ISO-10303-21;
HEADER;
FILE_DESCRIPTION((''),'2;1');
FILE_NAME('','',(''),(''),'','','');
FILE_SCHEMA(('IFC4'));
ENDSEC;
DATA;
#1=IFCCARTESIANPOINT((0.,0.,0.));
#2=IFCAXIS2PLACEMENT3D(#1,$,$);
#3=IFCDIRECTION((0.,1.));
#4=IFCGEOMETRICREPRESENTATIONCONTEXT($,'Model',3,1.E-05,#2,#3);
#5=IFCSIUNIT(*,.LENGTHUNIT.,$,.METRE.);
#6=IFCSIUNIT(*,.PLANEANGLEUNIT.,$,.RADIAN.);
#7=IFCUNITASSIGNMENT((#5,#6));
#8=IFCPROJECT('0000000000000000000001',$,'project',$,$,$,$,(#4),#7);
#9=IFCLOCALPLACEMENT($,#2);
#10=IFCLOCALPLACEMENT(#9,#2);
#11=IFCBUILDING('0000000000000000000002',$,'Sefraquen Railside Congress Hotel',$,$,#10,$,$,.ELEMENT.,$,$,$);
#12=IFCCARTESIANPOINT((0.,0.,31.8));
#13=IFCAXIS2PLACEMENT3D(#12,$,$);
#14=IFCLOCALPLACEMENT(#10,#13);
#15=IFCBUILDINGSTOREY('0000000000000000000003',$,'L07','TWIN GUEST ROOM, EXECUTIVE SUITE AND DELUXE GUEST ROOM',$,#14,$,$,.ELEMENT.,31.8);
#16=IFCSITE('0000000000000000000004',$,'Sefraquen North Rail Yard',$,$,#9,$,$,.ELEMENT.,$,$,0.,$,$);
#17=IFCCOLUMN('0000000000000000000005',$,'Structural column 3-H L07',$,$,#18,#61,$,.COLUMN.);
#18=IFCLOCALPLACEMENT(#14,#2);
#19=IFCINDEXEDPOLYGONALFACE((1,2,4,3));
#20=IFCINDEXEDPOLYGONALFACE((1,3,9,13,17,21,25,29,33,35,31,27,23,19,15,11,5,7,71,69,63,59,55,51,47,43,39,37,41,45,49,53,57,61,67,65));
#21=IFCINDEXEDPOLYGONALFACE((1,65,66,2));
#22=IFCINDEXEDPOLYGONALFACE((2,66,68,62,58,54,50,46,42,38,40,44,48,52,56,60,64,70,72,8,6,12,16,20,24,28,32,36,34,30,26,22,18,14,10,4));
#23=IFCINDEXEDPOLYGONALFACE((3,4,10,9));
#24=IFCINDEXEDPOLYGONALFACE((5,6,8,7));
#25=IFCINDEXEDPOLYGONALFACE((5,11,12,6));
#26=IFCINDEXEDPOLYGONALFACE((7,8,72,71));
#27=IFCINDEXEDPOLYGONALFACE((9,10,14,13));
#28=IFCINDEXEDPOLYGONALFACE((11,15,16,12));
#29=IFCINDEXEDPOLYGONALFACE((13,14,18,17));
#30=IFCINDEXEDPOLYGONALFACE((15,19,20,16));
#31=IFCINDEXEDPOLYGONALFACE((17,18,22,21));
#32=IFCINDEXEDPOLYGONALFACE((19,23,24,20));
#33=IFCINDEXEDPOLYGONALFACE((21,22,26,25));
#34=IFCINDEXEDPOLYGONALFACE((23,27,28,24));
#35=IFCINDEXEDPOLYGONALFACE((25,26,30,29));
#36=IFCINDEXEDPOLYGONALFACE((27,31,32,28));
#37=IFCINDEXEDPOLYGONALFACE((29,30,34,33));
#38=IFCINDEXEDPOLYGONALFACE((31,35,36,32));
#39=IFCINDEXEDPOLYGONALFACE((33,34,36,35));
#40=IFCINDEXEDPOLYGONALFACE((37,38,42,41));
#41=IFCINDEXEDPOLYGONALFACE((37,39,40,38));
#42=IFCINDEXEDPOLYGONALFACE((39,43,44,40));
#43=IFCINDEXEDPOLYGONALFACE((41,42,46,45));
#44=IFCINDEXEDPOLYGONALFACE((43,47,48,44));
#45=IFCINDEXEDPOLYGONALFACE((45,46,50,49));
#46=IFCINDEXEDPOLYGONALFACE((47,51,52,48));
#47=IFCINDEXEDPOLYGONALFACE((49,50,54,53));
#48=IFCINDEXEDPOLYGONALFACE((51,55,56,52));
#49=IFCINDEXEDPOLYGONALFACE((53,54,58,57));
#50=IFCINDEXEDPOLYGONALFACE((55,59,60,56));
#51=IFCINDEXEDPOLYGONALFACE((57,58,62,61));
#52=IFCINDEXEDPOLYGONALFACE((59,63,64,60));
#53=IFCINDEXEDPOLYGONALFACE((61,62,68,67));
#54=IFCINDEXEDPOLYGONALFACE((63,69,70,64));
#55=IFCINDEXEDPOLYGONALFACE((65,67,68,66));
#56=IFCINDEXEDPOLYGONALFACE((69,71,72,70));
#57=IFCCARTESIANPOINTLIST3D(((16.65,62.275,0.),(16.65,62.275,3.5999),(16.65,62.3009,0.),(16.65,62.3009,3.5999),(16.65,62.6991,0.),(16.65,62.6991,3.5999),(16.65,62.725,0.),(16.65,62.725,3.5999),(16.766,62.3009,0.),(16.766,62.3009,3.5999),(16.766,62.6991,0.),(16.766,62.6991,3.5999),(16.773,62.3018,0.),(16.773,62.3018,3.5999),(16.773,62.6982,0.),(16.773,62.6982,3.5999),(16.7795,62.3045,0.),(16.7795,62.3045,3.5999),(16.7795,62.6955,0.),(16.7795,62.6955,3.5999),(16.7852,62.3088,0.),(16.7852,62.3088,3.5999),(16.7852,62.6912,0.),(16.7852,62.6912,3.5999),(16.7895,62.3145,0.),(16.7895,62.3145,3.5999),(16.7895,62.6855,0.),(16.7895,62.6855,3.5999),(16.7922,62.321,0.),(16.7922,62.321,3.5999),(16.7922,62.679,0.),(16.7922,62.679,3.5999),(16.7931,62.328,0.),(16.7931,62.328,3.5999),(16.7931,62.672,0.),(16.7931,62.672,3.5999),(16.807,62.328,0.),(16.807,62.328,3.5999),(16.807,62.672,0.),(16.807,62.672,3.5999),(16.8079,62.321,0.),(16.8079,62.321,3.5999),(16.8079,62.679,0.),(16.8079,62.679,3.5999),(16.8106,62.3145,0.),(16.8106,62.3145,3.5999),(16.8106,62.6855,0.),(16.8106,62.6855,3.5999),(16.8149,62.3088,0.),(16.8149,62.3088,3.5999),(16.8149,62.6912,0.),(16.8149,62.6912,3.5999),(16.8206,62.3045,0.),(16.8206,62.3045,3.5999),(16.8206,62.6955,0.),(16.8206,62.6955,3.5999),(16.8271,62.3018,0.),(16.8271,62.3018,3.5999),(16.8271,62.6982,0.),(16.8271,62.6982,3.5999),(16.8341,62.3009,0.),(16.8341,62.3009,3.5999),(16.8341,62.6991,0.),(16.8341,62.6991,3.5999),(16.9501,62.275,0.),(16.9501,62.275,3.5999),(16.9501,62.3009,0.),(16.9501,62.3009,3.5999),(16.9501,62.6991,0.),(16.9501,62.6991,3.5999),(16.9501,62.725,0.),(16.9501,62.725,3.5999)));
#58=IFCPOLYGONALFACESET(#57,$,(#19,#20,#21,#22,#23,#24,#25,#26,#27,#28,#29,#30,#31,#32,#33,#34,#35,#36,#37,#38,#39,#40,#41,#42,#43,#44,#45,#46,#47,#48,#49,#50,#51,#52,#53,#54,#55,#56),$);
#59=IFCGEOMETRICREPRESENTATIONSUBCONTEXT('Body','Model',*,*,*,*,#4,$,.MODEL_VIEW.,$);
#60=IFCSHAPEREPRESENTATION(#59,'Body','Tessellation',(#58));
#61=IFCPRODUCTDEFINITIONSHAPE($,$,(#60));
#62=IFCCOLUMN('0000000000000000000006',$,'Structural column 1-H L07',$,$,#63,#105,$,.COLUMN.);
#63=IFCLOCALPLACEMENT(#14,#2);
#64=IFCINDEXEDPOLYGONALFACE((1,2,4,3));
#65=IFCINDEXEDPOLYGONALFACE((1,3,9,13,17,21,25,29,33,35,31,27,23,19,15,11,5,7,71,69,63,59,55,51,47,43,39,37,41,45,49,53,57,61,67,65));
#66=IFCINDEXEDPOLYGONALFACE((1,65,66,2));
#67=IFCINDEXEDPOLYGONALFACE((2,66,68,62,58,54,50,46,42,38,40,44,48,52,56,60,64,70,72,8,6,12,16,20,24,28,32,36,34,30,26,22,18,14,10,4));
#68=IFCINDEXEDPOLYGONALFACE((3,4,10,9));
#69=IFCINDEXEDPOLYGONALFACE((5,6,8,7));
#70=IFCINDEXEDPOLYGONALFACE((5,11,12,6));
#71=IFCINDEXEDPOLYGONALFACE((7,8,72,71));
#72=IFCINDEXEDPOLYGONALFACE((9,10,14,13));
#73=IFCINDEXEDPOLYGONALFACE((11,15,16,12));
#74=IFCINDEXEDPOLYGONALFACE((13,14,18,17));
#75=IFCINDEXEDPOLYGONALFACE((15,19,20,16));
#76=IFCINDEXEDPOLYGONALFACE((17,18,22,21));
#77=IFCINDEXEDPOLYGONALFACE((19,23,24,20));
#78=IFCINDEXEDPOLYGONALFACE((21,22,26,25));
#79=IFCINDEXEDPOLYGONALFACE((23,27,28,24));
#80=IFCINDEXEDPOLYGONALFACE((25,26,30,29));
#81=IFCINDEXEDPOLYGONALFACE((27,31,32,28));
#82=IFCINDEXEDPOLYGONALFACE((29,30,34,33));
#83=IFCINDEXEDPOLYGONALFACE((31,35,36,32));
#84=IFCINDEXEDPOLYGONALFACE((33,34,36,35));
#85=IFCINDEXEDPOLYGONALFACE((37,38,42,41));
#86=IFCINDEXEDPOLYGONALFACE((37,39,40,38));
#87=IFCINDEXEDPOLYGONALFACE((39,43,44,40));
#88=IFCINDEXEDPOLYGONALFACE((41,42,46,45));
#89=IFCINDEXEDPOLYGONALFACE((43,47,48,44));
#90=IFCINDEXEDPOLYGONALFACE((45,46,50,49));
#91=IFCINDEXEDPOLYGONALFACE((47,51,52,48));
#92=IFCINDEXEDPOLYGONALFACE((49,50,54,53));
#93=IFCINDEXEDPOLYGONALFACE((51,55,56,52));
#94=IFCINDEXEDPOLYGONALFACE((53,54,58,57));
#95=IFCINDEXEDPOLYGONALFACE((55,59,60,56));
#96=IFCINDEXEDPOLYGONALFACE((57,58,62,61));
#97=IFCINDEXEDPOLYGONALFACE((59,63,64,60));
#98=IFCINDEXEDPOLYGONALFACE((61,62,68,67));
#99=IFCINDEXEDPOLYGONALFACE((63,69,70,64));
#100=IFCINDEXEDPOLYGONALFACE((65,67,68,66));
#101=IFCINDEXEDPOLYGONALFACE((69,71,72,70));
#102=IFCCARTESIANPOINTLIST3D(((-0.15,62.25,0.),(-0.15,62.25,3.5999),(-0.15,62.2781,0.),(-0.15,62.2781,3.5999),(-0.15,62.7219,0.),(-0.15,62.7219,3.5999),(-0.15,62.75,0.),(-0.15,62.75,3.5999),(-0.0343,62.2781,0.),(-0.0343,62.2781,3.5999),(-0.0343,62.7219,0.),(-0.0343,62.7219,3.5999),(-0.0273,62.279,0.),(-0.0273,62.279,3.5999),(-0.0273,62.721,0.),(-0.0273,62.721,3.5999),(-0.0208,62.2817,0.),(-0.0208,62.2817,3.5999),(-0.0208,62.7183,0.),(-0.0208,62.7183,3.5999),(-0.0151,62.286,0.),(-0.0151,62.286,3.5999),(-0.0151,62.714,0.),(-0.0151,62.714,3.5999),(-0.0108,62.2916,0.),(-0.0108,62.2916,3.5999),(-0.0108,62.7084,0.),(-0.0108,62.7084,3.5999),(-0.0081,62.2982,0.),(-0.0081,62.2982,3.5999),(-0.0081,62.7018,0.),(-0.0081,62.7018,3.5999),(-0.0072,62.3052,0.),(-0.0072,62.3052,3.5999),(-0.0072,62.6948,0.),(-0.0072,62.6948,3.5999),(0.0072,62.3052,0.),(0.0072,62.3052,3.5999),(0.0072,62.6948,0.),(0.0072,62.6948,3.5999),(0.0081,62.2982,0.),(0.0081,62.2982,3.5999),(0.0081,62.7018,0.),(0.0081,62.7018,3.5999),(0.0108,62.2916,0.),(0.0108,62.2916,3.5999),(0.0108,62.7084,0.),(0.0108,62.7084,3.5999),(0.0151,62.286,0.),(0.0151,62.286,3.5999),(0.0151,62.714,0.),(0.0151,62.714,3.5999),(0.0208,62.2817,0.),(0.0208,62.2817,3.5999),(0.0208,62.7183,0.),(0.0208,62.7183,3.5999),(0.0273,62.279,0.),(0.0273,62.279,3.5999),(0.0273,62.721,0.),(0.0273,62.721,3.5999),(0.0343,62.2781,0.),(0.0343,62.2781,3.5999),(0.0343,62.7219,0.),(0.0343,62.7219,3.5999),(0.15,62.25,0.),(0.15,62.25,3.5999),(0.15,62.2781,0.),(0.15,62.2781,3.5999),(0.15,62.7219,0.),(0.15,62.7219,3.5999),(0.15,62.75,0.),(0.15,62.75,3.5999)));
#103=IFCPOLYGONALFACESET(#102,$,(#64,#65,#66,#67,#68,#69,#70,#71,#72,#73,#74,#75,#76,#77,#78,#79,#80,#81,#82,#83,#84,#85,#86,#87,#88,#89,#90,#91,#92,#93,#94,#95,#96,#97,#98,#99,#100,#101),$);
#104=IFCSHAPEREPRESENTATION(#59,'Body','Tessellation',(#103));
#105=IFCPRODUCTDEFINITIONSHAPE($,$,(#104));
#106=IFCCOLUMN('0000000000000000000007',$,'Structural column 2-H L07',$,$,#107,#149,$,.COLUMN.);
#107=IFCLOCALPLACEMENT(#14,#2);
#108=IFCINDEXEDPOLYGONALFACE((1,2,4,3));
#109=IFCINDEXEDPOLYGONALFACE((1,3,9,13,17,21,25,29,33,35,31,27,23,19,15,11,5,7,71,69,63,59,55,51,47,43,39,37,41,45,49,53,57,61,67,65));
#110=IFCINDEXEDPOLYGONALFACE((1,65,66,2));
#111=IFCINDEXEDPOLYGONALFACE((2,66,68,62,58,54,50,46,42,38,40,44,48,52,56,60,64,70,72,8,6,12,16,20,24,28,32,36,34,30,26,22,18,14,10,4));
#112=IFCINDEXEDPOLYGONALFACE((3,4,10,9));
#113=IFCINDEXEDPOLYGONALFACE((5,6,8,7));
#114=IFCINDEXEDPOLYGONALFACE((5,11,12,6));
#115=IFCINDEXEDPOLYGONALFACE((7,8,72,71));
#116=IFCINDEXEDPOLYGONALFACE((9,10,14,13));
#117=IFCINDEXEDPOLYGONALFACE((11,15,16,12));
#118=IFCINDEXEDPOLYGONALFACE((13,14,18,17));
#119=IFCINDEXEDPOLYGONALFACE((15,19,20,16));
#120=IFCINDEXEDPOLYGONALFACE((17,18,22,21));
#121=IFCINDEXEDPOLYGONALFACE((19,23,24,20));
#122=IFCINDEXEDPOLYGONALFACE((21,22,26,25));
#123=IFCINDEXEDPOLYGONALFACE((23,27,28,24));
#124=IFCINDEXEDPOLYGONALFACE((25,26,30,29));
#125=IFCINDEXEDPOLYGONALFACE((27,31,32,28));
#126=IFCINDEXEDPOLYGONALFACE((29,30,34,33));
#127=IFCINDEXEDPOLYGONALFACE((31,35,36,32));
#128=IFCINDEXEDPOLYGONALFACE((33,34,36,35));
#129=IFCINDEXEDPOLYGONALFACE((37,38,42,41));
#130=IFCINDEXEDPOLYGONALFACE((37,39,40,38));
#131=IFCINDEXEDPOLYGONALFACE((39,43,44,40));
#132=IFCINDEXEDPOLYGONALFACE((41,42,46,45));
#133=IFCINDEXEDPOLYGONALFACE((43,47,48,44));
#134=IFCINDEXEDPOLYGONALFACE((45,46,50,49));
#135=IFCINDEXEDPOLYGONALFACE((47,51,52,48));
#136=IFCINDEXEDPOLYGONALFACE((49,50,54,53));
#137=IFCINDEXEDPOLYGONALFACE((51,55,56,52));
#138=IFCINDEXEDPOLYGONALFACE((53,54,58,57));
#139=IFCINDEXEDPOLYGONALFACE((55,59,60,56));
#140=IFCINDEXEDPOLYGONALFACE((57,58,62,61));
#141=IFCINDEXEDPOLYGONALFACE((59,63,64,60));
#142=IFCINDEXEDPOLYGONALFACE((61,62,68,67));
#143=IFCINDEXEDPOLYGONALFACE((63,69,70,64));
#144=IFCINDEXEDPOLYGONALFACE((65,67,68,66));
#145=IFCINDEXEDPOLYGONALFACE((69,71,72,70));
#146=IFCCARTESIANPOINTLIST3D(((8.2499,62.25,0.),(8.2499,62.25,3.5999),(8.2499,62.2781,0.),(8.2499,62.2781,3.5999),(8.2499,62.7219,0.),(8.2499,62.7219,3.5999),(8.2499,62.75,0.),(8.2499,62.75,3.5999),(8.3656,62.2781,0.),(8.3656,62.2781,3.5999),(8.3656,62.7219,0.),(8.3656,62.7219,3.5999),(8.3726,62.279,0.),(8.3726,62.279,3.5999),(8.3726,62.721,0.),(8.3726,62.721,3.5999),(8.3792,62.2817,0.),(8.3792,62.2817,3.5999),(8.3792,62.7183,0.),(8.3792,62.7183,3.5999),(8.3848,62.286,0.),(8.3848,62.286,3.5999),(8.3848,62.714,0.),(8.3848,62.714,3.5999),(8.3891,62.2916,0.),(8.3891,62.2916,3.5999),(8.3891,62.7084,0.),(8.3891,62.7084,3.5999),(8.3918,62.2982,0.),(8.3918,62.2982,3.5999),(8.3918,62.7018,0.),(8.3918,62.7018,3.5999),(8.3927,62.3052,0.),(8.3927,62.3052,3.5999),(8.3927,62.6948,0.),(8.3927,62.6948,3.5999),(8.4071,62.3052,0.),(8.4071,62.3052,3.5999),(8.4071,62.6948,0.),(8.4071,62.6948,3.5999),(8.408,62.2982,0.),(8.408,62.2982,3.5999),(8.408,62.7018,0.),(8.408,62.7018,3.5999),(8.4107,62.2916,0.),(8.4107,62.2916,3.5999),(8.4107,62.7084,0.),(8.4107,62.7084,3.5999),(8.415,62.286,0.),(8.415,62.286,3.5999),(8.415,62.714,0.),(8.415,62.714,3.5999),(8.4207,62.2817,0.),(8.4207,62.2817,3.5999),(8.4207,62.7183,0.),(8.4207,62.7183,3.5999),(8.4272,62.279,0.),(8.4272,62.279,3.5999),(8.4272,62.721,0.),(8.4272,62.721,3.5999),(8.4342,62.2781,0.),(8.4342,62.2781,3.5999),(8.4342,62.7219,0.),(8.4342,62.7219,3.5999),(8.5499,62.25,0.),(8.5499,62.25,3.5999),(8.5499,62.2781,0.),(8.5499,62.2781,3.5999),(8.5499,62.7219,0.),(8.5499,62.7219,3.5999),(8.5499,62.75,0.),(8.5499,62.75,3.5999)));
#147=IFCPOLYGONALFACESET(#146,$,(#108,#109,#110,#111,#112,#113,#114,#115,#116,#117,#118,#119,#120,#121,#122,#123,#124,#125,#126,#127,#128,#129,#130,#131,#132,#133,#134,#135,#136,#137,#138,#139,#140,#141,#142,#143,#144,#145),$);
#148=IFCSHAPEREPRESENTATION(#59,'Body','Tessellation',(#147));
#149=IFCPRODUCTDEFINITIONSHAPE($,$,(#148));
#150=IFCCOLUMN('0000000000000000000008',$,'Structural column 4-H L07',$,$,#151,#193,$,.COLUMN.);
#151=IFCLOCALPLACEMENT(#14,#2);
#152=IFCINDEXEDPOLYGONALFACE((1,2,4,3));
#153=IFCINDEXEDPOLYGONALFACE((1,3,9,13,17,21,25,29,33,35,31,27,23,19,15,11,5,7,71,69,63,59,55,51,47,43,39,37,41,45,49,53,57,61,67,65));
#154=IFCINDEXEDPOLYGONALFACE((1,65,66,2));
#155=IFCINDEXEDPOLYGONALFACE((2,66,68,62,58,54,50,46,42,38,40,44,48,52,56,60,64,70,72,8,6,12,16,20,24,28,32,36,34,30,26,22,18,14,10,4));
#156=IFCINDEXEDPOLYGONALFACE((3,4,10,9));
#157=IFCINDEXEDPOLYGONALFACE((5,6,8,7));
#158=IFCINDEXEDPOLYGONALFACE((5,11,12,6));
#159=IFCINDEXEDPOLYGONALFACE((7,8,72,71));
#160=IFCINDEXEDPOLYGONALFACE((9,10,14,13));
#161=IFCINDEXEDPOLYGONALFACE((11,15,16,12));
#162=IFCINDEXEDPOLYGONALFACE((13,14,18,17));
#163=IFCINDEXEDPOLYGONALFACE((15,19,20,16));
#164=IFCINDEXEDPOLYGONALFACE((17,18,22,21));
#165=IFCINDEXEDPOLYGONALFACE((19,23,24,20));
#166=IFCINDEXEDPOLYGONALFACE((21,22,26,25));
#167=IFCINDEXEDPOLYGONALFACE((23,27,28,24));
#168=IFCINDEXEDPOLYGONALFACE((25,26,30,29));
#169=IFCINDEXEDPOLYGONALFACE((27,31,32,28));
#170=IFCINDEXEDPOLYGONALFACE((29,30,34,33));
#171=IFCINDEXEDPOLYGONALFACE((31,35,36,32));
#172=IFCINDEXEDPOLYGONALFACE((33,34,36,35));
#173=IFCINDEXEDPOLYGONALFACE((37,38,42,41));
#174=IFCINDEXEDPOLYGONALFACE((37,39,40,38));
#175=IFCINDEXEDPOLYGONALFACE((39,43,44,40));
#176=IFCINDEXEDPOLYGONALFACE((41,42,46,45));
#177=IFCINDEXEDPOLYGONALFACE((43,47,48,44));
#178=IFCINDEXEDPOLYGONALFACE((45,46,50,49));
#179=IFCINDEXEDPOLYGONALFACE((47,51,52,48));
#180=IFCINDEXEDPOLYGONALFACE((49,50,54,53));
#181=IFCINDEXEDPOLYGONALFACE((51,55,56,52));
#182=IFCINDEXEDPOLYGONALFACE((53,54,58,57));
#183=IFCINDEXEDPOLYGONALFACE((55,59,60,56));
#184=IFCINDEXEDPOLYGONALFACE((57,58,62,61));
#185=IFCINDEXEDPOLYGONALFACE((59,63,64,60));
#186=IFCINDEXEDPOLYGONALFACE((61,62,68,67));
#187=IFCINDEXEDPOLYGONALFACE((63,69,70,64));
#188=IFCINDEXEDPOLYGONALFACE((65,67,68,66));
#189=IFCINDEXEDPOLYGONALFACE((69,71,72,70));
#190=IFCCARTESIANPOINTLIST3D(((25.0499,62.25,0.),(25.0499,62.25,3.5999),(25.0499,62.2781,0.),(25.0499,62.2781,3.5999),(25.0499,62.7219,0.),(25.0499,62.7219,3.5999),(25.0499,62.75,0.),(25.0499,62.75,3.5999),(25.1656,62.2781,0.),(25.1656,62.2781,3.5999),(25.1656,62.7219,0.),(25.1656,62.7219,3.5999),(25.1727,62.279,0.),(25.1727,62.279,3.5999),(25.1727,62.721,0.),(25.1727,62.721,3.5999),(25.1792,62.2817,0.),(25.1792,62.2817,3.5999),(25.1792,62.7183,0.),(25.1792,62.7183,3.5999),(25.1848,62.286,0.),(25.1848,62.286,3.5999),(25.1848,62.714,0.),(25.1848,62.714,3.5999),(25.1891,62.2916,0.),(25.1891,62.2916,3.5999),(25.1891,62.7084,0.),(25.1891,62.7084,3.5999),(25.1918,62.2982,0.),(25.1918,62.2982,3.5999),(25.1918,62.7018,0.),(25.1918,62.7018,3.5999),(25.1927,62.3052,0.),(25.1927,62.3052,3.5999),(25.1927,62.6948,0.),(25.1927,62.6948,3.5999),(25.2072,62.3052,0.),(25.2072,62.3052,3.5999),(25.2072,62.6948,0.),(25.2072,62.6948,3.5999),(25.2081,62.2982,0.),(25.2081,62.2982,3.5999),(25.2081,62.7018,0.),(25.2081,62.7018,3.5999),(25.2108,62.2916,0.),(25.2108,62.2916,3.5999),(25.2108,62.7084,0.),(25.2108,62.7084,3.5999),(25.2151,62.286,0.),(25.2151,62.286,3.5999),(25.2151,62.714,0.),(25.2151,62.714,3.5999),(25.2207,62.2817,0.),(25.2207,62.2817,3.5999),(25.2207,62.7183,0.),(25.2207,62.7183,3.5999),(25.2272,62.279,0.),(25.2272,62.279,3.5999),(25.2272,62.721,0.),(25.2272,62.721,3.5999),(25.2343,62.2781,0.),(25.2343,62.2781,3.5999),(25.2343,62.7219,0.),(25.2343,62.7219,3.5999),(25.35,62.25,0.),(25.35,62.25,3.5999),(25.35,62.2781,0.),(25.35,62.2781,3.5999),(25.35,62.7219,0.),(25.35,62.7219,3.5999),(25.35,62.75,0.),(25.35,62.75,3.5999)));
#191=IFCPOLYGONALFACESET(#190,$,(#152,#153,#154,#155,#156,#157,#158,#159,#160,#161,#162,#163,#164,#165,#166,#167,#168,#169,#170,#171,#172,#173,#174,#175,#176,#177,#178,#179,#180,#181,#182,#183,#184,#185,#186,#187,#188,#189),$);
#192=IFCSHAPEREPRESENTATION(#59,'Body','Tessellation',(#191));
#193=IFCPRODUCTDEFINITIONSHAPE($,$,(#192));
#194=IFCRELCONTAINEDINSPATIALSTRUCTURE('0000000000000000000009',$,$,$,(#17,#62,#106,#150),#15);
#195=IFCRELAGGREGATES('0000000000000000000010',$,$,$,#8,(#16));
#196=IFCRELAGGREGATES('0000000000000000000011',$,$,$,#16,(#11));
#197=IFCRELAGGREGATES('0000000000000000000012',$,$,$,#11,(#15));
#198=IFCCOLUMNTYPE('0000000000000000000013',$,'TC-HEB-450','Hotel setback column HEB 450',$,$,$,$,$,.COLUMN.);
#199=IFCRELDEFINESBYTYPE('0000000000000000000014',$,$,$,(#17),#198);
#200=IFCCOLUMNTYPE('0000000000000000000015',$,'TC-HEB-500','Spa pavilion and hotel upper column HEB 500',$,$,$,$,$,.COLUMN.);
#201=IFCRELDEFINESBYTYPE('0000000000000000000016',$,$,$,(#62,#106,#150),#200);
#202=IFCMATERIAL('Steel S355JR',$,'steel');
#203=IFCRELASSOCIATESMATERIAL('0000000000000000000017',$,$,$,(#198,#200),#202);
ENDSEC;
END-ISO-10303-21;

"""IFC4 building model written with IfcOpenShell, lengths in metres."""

from ifc_helpers import new_model, si_unit, direction, frame, origin, origin_2d, place, context, subcontext, project, spatial, i_section, extrude, material, material_profile, profile_set, type_object, element, save


model = new_model("IFC4")

# Units and contexts
model_context = context("Model", 3, precision=1e-05, world=origin(), true_north=direction((0.0, 1.0)))
body_context = subcontext(model_context, "Body", "Model", "MODEL_VIEW")
ifc_project = project(units=[si_unit("LENGTHUNIT", "METRE"), si_unit("PLANEANGLEUNIT", "RADIAN")], contexts=[model_context])

# Site, building, storey
site_placement = place(None, origin())
site = spatial("IfcSite", under=ifc_project, at=site_placement, Name="Sefraquen North Rail Yard", CompositionType="ELEMENT", RefElevation=0.0)
building_placement = place(site_placement, origin())
building = spatial("IfcBuilding", under=site, at=building_placement, Name="Sefraquen Railside Congress Hotel", CompositionType="ELEMENT")
storey_placement = place(building_placement, frame((0.0, 0.0, 31.8)))
storey = spatial("IfcBuildingStorey", under=building, at=storey_placement, Name="L07", Description="TWIN GUEST ROOM, EXECUTIVE SUITE AND DELUXE GUEST ROOM", CompositionType="ELEMENT", Elevation=31.8)

# Columns
ifc_material_1 = material(Name="Steel S355JR", Category="steel")
ifc_material_profile_1 = material_profile(ifc_material_1, i_section(OverallWidth=0.3, OverallDepth=0.45, WebThickness=0.0139, FlangeThickness=0.0259, FilletRadius=0.0271, at=origin_2d()), Name="HEB 450")
ifc_profile_set_1 = profile_set([ifc_material_profile_1], Name="Steel S355JR")
column_type_1 = type_object("IfcColumnType", Name="TC-HEB-450", Description="Hotel setback column HEB 450", PredefinedType="COLUMN", material=ifc_profile_set_1)
column_placement = place(storey_placement, frame((16.8, 62.5, 0.0), z_axis=(0.0, 0.0, 1.0), x_axis=(1.0, 0.0, 0.0)))
element("IfcColumn", 1, at=column_placement, inside=storey, type_object=column_type_1, Name="Structural column 3-H L07", PredefinedType="COLUMN", context=body_context, shape_type="SweptSolid", body=[
    extrude(i_section(OverallWidth=0.3, OverallDepth=0.45, WebThickness=0.0139, FlangeThickness=0.0259, FilletRadius=0.0271, at=origin_2d()), origin(), (0.0, 0.0, 1.0), 3.5999),
])
ifc_material_profile_2 = material_profile(ifc_material_1, i_section(OverallWidth=0.3, OverallDepth=0.5, WebThickness=0.0144, FlangeThickness=0.0281, FilletRadius=0.0271, at=origin_2d()), Name="HEB 500")
ifc_profile_set_2 = profile_set([ifc_material_profile_2], Name="Steel S355JR")
column_type_2 = type_object("IfcColumnType", Name="TC-HEB-500", Description="Spa pavilion and hotel upper column HEB 500", PredefinedType="COLUMN", material=ifc_profile_set_2)
for number, where, z_axis, x_axis, name in (
    (2, (0.0, 62.5, 0.0), (0.0, 0.0, 1.0), (1.0, 0.0, 0.0), "Structural column 1-H L07"),
    (3, (8.3999, 62.5, 0.0), (0.0, 0.0, 1.0), (1.0, 0.0, 0.0), "Structural column 2-H L07"),
    (4, (25.2, 62.5, 0.0), (0.0, 0.0, 1.0), (1.0, 0.0, 0.0), "Structural column 4-H L07"),
):
    element("IfcColumn", number, at=place(storey_placement, frame(where, z_axis=z_axis, x_axis=x_axis)), inside=storey, type_object=column_type_2, Name=name, PredefinedType="COLUMN", context=body_context, shape_type="SweptSolid", body=[
        extrude(i_section(OverallWidth=0.3, OverallDepth=0.5, WebThickness=0.0144, FlangeThickness=0.0281, FilletRadius=0.0271, at=origin_2d()), origin(), (0.0, 0.0, 1.0), 3.5999),
    ])

save(model, "model.ifc")
